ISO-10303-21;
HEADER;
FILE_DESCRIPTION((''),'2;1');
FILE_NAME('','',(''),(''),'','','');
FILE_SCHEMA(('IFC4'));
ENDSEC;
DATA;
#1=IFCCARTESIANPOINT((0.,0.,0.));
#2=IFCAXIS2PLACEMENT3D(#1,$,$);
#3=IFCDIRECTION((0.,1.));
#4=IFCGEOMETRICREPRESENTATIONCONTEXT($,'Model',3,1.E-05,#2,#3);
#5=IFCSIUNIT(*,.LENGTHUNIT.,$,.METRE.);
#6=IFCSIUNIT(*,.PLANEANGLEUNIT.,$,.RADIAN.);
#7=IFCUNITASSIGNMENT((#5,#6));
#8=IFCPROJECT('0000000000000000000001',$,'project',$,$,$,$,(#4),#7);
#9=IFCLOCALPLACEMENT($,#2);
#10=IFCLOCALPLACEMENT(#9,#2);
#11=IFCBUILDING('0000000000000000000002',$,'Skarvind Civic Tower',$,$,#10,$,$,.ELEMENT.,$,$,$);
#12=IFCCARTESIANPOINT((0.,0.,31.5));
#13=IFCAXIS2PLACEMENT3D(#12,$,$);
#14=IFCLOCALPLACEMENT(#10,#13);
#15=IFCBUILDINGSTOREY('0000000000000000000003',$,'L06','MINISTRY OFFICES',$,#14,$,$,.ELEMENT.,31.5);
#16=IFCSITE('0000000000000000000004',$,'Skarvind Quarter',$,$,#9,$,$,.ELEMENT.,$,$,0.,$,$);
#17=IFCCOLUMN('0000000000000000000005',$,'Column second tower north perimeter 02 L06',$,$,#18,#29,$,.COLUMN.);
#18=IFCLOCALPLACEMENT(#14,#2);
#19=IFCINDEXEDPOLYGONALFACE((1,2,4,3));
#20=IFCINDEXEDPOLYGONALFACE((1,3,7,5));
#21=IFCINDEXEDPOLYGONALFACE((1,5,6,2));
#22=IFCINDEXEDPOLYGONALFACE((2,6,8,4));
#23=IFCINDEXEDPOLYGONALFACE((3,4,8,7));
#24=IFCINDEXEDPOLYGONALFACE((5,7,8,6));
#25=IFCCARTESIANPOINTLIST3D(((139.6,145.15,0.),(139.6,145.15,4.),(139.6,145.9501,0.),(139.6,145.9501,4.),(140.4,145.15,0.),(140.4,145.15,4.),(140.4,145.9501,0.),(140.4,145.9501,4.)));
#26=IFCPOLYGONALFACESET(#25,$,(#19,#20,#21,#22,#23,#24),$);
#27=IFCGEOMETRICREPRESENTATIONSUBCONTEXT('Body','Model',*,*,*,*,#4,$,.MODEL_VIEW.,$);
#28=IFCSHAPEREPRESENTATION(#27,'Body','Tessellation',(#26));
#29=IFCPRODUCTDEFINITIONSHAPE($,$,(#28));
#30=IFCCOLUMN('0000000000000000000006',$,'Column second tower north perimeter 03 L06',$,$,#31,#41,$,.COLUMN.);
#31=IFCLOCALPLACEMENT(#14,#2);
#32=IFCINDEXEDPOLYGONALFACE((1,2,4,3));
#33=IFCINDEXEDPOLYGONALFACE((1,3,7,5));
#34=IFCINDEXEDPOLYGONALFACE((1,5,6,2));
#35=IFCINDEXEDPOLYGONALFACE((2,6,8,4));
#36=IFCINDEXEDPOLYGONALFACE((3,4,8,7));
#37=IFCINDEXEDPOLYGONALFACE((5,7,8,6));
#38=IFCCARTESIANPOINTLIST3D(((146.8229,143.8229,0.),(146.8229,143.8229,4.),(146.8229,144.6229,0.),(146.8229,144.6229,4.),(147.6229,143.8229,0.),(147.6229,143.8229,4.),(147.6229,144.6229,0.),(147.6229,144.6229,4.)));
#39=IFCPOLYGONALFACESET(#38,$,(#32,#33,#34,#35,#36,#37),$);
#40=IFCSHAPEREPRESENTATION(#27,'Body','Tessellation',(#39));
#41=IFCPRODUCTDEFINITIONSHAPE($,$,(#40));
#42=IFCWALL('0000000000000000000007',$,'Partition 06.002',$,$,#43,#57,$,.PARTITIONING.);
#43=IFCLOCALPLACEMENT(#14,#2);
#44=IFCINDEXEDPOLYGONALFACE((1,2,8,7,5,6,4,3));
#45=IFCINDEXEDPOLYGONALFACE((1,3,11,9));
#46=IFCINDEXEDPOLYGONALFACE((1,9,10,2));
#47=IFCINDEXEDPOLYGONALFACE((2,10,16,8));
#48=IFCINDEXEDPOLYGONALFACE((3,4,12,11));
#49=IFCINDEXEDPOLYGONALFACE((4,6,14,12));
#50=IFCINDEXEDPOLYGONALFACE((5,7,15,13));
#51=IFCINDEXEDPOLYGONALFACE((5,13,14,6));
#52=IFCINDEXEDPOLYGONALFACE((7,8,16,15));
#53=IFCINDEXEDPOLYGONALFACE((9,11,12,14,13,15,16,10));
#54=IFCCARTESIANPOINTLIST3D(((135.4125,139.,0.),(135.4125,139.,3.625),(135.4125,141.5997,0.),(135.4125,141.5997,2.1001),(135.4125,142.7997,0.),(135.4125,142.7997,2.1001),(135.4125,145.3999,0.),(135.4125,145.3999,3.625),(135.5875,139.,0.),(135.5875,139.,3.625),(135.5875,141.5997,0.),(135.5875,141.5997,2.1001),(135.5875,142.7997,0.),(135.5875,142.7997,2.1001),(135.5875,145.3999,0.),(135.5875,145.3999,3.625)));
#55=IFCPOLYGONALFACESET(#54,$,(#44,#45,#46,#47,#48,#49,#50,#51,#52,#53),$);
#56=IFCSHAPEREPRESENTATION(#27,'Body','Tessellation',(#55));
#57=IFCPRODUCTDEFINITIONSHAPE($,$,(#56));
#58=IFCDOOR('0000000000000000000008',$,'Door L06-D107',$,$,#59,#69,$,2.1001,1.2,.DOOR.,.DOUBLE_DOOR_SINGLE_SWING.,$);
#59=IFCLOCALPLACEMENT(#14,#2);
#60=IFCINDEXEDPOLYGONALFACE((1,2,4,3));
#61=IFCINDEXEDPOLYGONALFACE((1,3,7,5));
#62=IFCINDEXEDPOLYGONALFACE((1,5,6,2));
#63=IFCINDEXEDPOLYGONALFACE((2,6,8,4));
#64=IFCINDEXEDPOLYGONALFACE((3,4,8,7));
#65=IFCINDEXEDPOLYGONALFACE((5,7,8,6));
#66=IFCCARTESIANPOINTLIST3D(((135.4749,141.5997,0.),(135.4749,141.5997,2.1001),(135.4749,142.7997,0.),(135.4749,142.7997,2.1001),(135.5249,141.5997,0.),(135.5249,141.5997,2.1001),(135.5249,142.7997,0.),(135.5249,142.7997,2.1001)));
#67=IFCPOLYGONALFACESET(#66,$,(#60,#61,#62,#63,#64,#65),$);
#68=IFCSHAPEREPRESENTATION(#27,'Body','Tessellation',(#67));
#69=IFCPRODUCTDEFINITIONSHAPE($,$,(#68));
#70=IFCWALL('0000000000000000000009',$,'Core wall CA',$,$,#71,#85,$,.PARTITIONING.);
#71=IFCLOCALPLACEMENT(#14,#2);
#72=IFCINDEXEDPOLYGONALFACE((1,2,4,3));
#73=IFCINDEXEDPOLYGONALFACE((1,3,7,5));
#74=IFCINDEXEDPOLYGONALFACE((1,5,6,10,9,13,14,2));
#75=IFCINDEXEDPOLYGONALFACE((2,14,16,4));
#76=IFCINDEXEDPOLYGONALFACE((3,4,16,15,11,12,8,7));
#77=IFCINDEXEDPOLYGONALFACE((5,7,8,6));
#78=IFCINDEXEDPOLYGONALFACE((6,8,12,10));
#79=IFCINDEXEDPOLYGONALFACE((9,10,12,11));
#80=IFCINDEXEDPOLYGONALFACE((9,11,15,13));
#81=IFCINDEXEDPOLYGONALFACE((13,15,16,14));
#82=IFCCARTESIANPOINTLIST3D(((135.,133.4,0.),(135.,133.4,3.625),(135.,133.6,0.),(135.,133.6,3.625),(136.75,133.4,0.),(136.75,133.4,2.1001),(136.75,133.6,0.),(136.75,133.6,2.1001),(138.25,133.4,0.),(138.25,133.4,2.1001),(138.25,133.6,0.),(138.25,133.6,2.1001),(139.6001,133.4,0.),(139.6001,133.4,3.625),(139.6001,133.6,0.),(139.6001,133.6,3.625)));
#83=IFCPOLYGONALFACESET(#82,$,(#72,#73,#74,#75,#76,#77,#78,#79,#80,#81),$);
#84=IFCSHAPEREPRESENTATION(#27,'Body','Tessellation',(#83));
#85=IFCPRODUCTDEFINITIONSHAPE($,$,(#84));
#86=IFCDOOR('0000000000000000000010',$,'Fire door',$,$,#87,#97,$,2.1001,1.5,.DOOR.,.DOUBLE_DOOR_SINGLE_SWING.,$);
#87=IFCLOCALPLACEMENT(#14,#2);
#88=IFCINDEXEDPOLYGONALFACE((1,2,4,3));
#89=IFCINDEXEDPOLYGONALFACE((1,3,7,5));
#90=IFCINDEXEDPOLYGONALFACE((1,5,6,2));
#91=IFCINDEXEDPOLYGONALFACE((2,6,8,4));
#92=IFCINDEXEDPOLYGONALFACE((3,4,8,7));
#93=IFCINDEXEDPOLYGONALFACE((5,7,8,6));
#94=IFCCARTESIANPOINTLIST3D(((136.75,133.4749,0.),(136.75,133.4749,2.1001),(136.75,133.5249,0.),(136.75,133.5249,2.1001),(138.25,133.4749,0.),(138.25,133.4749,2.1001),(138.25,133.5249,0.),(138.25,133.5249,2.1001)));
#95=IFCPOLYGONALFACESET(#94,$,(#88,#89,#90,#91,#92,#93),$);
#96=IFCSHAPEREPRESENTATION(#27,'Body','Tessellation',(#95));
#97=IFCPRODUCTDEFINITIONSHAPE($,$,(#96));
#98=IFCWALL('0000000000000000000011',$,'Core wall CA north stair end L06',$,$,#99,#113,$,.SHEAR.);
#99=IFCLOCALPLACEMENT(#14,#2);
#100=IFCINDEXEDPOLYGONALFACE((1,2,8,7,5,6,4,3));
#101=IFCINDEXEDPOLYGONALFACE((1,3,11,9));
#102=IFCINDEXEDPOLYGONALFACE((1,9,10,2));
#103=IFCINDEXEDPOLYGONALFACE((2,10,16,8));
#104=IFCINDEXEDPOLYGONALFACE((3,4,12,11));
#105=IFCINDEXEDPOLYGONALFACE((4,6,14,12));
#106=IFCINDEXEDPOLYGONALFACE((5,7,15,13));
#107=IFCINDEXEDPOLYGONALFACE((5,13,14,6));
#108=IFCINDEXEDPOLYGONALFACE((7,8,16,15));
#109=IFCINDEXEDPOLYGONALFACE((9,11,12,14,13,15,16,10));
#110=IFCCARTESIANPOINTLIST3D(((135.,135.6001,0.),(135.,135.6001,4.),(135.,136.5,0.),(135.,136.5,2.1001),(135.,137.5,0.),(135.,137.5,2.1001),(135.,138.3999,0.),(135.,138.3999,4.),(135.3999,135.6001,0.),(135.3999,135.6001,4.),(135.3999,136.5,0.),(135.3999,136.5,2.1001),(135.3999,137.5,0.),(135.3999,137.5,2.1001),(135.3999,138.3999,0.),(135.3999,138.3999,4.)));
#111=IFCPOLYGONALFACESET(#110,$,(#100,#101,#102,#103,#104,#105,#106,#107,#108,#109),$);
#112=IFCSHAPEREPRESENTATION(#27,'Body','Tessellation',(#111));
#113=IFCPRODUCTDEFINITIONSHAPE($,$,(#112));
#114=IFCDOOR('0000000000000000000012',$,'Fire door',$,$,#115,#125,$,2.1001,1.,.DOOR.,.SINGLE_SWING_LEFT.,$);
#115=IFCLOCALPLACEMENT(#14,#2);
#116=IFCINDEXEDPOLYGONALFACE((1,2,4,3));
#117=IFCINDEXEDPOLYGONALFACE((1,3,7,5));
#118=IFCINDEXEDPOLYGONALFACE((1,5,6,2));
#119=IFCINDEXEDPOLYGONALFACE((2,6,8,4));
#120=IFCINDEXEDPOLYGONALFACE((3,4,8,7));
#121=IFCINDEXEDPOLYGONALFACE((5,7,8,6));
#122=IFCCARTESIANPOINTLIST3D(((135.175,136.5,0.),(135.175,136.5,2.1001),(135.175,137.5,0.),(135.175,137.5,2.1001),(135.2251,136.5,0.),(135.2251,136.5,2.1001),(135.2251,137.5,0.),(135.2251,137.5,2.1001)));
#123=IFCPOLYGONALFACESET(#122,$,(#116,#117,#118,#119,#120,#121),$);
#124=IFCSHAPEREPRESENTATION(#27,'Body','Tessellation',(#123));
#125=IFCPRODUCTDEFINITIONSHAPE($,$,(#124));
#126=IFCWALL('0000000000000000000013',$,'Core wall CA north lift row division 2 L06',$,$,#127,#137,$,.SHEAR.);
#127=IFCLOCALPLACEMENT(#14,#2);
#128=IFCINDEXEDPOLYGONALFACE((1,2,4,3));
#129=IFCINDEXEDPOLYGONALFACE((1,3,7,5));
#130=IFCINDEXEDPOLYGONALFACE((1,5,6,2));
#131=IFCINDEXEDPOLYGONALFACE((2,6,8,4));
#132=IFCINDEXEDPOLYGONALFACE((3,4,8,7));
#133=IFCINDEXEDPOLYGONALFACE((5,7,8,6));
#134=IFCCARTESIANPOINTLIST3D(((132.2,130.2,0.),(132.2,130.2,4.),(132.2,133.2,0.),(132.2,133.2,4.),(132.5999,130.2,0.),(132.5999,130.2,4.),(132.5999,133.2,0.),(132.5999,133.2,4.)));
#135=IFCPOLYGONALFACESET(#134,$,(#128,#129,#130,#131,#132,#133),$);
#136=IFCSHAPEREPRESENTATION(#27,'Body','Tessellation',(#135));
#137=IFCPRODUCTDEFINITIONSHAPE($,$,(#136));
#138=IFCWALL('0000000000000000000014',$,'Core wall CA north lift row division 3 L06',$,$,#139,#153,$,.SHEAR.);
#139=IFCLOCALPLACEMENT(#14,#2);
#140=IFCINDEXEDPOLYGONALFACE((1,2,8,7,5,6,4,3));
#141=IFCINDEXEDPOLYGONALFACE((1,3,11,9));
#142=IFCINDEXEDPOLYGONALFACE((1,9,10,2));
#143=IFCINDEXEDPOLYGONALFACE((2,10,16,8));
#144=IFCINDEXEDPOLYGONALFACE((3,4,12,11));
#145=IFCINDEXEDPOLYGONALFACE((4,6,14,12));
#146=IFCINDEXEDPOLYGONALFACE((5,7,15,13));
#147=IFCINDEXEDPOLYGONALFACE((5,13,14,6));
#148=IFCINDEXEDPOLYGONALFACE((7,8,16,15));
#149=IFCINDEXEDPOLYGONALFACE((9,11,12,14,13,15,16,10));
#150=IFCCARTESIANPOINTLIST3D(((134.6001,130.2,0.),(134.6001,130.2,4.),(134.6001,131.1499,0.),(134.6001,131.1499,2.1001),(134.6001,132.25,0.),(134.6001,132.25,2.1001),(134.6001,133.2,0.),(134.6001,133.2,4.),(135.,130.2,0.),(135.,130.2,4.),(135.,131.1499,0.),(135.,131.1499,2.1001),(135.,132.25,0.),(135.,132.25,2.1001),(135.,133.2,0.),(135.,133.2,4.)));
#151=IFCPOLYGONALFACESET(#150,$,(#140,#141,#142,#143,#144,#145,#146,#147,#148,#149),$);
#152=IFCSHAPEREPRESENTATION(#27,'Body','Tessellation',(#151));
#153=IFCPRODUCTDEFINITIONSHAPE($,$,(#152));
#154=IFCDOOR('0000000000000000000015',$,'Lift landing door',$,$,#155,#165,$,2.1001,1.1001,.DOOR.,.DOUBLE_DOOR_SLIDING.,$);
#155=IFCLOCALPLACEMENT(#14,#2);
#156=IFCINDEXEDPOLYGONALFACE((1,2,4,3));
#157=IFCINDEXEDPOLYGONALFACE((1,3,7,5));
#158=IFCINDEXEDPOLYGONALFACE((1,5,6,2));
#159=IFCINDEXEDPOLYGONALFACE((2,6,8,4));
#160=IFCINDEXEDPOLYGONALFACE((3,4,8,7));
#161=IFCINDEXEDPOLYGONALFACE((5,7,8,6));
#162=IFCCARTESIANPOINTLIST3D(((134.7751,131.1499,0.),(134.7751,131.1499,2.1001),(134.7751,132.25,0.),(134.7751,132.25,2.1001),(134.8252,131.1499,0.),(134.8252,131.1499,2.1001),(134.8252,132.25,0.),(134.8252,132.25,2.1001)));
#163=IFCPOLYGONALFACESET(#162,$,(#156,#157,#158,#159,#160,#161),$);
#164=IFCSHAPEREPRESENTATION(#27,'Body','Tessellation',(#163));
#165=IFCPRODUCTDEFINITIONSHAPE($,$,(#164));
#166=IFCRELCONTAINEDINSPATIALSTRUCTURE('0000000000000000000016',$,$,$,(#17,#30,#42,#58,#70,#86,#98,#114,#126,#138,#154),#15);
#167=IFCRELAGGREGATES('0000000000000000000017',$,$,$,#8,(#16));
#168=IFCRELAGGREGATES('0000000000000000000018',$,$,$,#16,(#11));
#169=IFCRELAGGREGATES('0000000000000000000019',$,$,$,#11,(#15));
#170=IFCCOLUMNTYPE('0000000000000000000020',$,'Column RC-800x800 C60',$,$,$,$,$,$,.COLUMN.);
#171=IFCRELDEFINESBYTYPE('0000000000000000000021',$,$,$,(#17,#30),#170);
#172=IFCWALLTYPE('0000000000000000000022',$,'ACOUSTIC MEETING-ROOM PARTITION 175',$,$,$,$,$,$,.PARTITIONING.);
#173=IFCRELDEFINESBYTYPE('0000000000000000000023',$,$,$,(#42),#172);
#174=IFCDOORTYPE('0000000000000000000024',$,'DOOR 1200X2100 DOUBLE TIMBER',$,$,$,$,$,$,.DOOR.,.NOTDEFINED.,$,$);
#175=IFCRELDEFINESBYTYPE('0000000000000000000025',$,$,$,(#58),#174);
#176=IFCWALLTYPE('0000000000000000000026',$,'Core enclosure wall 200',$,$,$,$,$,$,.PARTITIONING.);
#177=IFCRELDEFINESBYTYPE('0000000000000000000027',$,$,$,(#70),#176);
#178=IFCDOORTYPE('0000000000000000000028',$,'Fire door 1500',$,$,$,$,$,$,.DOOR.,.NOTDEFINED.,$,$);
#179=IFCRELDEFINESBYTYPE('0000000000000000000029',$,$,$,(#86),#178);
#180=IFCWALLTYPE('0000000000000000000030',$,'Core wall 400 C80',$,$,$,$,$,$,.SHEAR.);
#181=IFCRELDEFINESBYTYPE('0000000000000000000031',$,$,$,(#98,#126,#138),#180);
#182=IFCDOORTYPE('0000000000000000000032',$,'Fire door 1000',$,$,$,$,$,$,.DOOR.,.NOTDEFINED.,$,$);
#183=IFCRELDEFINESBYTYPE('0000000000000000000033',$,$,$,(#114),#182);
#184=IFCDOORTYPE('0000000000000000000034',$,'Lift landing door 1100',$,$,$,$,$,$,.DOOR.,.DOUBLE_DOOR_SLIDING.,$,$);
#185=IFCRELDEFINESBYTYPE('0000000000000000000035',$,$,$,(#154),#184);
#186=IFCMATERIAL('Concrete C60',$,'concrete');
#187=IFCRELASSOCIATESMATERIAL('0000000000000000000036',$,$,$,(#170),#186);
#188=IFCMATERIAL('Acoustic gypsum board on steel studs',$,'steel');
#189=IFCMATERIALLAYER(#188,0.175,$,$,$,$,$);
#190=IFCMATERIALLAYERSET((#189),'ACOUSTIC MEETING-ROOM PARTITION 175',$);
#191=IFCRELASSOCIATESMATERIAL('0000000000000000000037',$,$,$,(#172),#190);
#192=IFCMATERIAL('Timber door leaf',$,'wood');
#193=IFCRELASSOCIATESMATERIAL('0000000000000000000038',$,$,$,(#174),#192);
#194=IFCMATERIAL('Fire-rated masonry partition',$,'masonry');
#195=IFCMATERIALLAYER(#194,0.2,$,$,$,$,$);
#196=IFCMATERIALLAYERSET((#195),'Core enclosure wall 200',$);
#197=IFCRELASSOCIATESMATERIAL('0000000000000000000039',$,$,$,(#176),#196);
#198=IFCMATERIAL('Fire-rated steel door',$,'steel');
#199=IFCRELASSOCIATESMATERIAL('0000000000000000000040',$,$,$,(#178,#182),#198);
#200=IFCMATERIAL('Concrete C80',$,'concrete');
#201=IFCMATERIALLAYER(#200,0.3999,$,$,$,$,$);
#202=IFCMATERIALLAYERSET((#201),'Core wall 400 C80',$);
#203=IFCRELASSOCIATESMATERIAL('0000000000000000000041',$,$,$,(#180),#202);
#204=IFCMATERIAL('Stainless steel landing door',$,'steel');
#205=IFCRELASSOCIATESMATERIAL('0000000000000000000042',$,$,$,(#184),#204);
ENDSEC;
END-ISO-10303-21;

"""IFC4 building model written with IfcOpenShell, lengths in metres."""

from ifc_helpers import new_model, si_unit, direction, frame, frame_2d, origin, origin_2d, place, context, subcontext, project, spatial, rectangle, extrude, material, layer, layer_set, material_profile, profile_set, type_object, element, fill, save


model = new_model("IFC4")

# Units and contexts
model_context = context("Model", 3, precision=1e-05, world=origin(), true_north=direction((0.0, 1.0)))
body_context = subcontext(model_context, "Body", "Model", "MODEL_VIEW")
ifc_project = project(units=[si_unit("LENGTHUNIT", "METRE"), si_unit("PLANEANGLEUNIT", "RADIAN")], contexts=[model_context])

# Site, building, storey
site_placement = place(None, origin())
site = spatial("IfcSite", under=ifc_project, at=site_placement, Name="Skarvind Quarter", CompositionType="ELEMENT", RefElevation=0.0)
building_placement = place(site_placement, origin())
building = spatial("IfcBuilding", under=site, at=building_placement, Name="Skarvind Civic Tower", CompositionType="ELEMENT")
storey_placement = place(building_placement, frame((0.0, 0.0, 31.5)))
storey = spatial("IfcBuildingStorey", under=building, at=storey_placement, Name="L06", Description="MINISTRY OFFICES", CompositionType="ELEMENT", Elevation=31.5)

# Columns
ifc_material_1 = material(Name="Concrete C60", Category="concrete")
ifc_material_profile = material_profile(ifc_material_1, rectangle(XDim=0.8, YDim=0.8, at=origin_2d()), Name="RC-800x800")
ifc_profile_set = profile_set([ifc_material_profile], Name="Concrete C60")
column_type = type_object("IfcColumnType", Name="Column RC-800x800 C60", PredefinedType="COLUMN", material=ifc_profile_set)
for number, where, z_axis, x_axis, name in (
    (1, (140.0, 145.55, 0.0), (0.0, 0.0, 1.0), (1.0, 0.0, 0.0), "Column second tower north perimeter 02 L06"),
    (2, (147.2229, 144.2229, 0.0), (0.0, 0.0, 1.0), (1.0, 0.0, 0.0), "Column second tower north perimeter 03 L06"),
):
    element("IfcColumn", number, at=place(storey_placement, frame(where, z_axis=z_axis, x_axis=x_axis)), inside=storey, type_object=column_type, Name=name, PredefinedType="COLUMN", context=body_context, shape_type="SweptSolid", body=[
        extrude(rectangle(XDim=0.8, YDim=0.8, at=origin_2d()), origin(), (0.0, 0.0, 1.0), 4.0),
    ])

# Walls, openings, doors
ifc_material_2 = material(Name="Acoustic gypsum board on steel studs", Category="steel")
ifc_layer_1 = layer(ifc_material_2, 0.175)
ifc_layer_set_1 = layer_set([ifc_layer_1], Name="ACOUSTIC MEETING-ROOM PARTITION 175")
wall_type_1 = type_object("IfcWallType", Name="ACOUSTIC MEETING-ROOM PARTITION 175", PredefinedType="PARTITIONING", material=ifc_layer_set_1)
wall_1_placement = place(storey_placement, frame((135.5, 145.3999, 0.0), z_axis=(0.0, 0.0, 1.0), x_axis=(0.0, -1.0, 0.0)))
wall_1 = element("IfcWall", 3, at=wall_1_placement, inside=storey, type_object=wall_type_1, Name="Partition 06.002", PredefinedType="PARTITIONING", context=body_context, shape_type="SweptSolid", body=[
    extrude(rectangle(XDim=6.3999, YDim=0.175, at=frame_2d((3.2, 0.0))), origin(), (0.0, 0.0, 1.0), 3.625),
])
opening_1_placement = place(wall_1_placement, frame((2.6001, 0.0, 0.0)))
opening_1 = element("IfcOpeningElement", 4, at=opening_1_placement, cuts=wall_1, PredefinedType="OPENING", context=body_context, shape_type="SweptSolid", body=[
    extrude(rectangle(XDim=1.2, YDim=2.1001, at=frame_2d((0.6001, 1.05))), frame((0.0, 0.0974, 0.0), z_axis=(0.0, -1.0, 0.0), x_axis=(1.0, 0.0, 0.0)), (0.0, 0.0, 1.0), 0.1951),
])
ifc_material_3 = material(Name="Timber door leaf", Category="wood")
door_type_1 = type_object("IfcDoorType", Name="DOOR 1200X2100 DOUBLE TIMBER", OperationType="NOTDEFINED", PredefinedType="DOOR", material=ifc_material_3)
door_1_placement = place(opening_1_placement, origin())
door_1 = element("IfcDoor", 5, at=door_1_placement, inside=storey, type_object=door_type_1, Name="Door L06-D107", OperationType="DOUBLE_DOOR_SINGLE_SWING", OverallHeight=2.1001, OverallWidth=1.2, PredefinedType="DOOR", context=body_context, shape_type="SweptSolid", body=[
    extrude(rectangle(XDim=1.2, YDim=2.1001, at=frame_2d((0.6001, 1.05))), frame((0.0, 0.0249, 0.0), z_axis=(0.0, -1.0, 0.0), x_axis=(1.0, 0.0, 0.0)), (0.0, 0.0, 1.0), 0.05),
])
fill(opening_1, door_1)
ifc_material_4 = material(Name="Fire-rated masonry partition", Category="masonry")
ifc_layer_2 = layer(ifc_material_4, 0.2)
ifc_layer_set_2 = layer_set([ifc_layer_2], Name="Core enclosure wall 200")
wall_type_2 = type_object("IfcWallType", Name="Core enclosure wall 200", PredefinedType="PARTITIONING", material=ifc_layer_set_2)
wall_2_placement = place(storey_placement, frame((135.0, 133.5, 0.0), z_axis=(0.0, 0.0, 1.0), x_axis=(1.0, 0.0, 0.0)))
wall_2 = element("IfcWall", 6, at=wall_2_placement, inside=storey, type_object=wall_type_2, Name="Core wall CA", PredefinedType="PARTITIONING", context=body_context, shape_type="SweptSolid", body=[
    extrude(rectangle(XDim=4.6001, YDim=0.2, at=frame_2d((2.3, 0.0))), origin(), (0.0, 0.0, 1.0), 3.625),
])
opening_2_placement = place(wall_2_placement, frame((1.75, 0.0, 0.0)))
opening_2 = element("IfcOpeningElement", 7, at=opening_2_placement, cuts=wall_2, PredefinedType="OPENING", context=body_context, shape_type="SweptSolid", body=[
    extrude(rectangle(XDim=1.5, YDim=2.1001, at=frame_2d((0.75, 1.05))), frame((0.0, 0.1099, 0.0), z_axis=(0.0, -1.0, 0.0), x_axis=(1.0, 0.0, 0.0)), (0.0, 0.0, 1.0), 0.22),
])
ifc_material_5 = material(Name="Fire-rated steel door", Category="steel")
door_type_2 = type_object("IfcDoorType", Name="Fire door 1500", OperationType="NOTDEFINED", PredefinedType="DOOR", material=ifc_material_5)
door_2_placement = place(opening_2_placement, origin())
door_2 = element("IfcDoor", 8, at=door_2_placement, inside=storey, type_object=door_type_2, Name="Fire door", OperationType="DOUBLE_DOOR_SINGLE_SWING", OverallHeight=2.1001, OverallWidth=1.5, PredefinedType="DOOR", context=body_context, shape_type="SweptSolid", body=[
    extrude(rectangle(XDim=1.5, YDim=2.1001, at=frame_2d((0.75, 1.05))), frame((0.0, 0.0249, 0.0), z_axis=(0.0, -1.0, 0.0), x_axis=(1.0, 0.0, 0.0)), (0.0, 0.0, 1.0), 0.05),
])
fill(opening_2, door_2)
ifc_material_6 = material(Name="Concrete C80", Category="concrete")
ifc_layer_3 = layer(ifc_material_6, 0.3999)
ifc_layer_set_3 = layer_set([ifc_layer_3], Name="Core wall 400 C80")
wall_type_3 = type_object("IfcWallType", Name="Core wall 400 C80", PredefinedType="SHEAR", material=ifc_layer_set_3)
wall_3_placement = place(storey_placement, frame((135.2, 135.6001, 0.0), z_axis=(0.0, 0.0, 1.0), x_axis=(0.0, 1.0, 0.0)))
wall_3 = element("IfcWall", 9, at=wall_3_placement, inside=storey, type_object=wall_type_3, Name="Core wall CA north stair end L06", PredefinedType="SHEAR", context=body_context, shape_type="SweptSolid", body=[
    extrude(rectangle(XDim=2.7998, YDim=0.3999, at=frame_2d((1.3999, 0.0))), origin(), (0.0, 0.0, 1.0), 4.0),
])
opening_3_placement = place(wall_3_placement, frame((0.8999, 0.0, 0.0)))
opening_3 = element("IfcOpeningElement", 10, at=opening_3_placement, cuts=wall_3, PredefinedType="OPENING", context=body_context, shape_type="SweptSolid", body=[
    extrude(rectangle(XDim=1.0, YDim=2.1001, at=frame_2d((0.5, 1.05))), frame((0.0, 0.21, 0.0), z_axis=(0.0, -1.0, 0.0), x_axis=(1.0, 0.0, 0.0)), (0.0, 0.0, 1.0), 0.4199),
])
door_type_3 = type_object("IfcDoorType", Name="Fire door 1000", OperationType="NOTDEFINED", PredefinedType="DOOR", material=ifc_material_5)
door_3_placement = place(opening_3_placement, origin())
door_3 = element("IfcDoor", 11, at=door_3_placement, inside=storey, type_object=door_type_3, Name="Fire door", OperationType="SINGLE_SWING_LEFT", OverallHeight=2.1001, OverallWidth=1.0, PredefinedType="DOOR", context=body_context, shape_type="SweptSolid", body=[
    extrude(rectangle(XDim=1.0, YDim=2.1001, at=frame_2d((0.5, 1.05))), frame((0.0, 0.0249, 0.0), z_axis=(0.0, -1.0, 0.0), x_axis=(1.0, 0.0, 0.0)), (0.0, 0.0, 1.0), 0.05),
])
fill(opening_3, door_3)

# Wall
wall_4_placement = place(storey_placement, frame((132.3999, 130.2, 0.0), z_axis=(0.0, 0.0, 1.0), x_axis=(0.0, 1.0, 0.0)))
element("IfcWall", 12, at=wall_4_placement, inside=storey, type_object=wall_type_3, Name="Core wall CA north lift row division 2 L06", PredefinedType="SHEAR", context=body_context, shape_type="SweptSolid", body=[
    extrude(rectangle(XDim=3.0, YDim=0.3999, at=frame_2d((1.5, 0.0))), origin(), (0.0, 0.0, 1.0), 4.0),
])

# Wall, opening, door
wall_5_placement = place(storey_placement, frame((134.8, 130.2, 0.0), z_axis=(0.0, 0.0, 1.0), x_axis=(0.0, 1.0, 0.0)))
wall_5 = element("IfcWall", 13, at=wall_5_placement, inside=storey, type_object=wall_type_3, Name="Core wall CA north lift row division 3 L06", PredefinedType="SHEAR", context=body_context, shape_type="SweptSolid", body=[
    extrude(rectangle(XDim=3.0, YDim=0.3999, at=frame_2d((1.5, 0.0))), origin(), (0.0, 0.0, 1.0), 4.0),
])
opening_4_placement = place(wall_5_placement, frame((0.95, 0.0, 0.0)))
opening_4 = element("IfcOpeningElement", 14, at=opening_4_placement, cuts=wall_5, PredefinedType="OPENING", context=body_context, shape_type="SweptSolid", body=[
    extrude(rectangle(XDim=1.1001, YDim=2.1001, at=frame_2d((0.55, 1.05))), frame((0.0, 0.21, 0.0), z_axis=(0.0, -1.0, 0.0), x_axis=(1.0, 0.0, 0.0)), (0.0, 0.0, 1.0), 0.4199),
])
ifc_material_7 = material(Name="Stainless steel landing door", Category="steel")
door_type_4 = type_object("IfcDoorType", Name="Lift landing door 1100", OperationType="DOUBLE_DOOR_SLIDING", PredefinedType="DOOR", material=ifc_material_7)
door_4_placement = place(opening_4_placement, origin())
door_4 = element("IfcDoor", 15, at=door_4_placement, inside=storey, type_object=door_type_4, Name="Lift landing door", OperationType="DOUBLE_DOOR_SLIDING", OverallHeight=2.1001, OverallWidth=1.1001, PredefinedType="DOOR", context=body_context, shape_type="SweptSolid", body=[
    extrude(rectangle(XDim=1.1001, YDim=2.1001, at=frame_2d((0.55, 1.05))), frame((0.0, 0.0249, 0.0), z_axis=(0.0, -1.0, 0.0), x_axis=(1.0, 0.0, 0.0)), (0.0, 0.0, 1.0), 0.05),
])
fill(opening_4, door_4)

save(model, "model.ifc")
